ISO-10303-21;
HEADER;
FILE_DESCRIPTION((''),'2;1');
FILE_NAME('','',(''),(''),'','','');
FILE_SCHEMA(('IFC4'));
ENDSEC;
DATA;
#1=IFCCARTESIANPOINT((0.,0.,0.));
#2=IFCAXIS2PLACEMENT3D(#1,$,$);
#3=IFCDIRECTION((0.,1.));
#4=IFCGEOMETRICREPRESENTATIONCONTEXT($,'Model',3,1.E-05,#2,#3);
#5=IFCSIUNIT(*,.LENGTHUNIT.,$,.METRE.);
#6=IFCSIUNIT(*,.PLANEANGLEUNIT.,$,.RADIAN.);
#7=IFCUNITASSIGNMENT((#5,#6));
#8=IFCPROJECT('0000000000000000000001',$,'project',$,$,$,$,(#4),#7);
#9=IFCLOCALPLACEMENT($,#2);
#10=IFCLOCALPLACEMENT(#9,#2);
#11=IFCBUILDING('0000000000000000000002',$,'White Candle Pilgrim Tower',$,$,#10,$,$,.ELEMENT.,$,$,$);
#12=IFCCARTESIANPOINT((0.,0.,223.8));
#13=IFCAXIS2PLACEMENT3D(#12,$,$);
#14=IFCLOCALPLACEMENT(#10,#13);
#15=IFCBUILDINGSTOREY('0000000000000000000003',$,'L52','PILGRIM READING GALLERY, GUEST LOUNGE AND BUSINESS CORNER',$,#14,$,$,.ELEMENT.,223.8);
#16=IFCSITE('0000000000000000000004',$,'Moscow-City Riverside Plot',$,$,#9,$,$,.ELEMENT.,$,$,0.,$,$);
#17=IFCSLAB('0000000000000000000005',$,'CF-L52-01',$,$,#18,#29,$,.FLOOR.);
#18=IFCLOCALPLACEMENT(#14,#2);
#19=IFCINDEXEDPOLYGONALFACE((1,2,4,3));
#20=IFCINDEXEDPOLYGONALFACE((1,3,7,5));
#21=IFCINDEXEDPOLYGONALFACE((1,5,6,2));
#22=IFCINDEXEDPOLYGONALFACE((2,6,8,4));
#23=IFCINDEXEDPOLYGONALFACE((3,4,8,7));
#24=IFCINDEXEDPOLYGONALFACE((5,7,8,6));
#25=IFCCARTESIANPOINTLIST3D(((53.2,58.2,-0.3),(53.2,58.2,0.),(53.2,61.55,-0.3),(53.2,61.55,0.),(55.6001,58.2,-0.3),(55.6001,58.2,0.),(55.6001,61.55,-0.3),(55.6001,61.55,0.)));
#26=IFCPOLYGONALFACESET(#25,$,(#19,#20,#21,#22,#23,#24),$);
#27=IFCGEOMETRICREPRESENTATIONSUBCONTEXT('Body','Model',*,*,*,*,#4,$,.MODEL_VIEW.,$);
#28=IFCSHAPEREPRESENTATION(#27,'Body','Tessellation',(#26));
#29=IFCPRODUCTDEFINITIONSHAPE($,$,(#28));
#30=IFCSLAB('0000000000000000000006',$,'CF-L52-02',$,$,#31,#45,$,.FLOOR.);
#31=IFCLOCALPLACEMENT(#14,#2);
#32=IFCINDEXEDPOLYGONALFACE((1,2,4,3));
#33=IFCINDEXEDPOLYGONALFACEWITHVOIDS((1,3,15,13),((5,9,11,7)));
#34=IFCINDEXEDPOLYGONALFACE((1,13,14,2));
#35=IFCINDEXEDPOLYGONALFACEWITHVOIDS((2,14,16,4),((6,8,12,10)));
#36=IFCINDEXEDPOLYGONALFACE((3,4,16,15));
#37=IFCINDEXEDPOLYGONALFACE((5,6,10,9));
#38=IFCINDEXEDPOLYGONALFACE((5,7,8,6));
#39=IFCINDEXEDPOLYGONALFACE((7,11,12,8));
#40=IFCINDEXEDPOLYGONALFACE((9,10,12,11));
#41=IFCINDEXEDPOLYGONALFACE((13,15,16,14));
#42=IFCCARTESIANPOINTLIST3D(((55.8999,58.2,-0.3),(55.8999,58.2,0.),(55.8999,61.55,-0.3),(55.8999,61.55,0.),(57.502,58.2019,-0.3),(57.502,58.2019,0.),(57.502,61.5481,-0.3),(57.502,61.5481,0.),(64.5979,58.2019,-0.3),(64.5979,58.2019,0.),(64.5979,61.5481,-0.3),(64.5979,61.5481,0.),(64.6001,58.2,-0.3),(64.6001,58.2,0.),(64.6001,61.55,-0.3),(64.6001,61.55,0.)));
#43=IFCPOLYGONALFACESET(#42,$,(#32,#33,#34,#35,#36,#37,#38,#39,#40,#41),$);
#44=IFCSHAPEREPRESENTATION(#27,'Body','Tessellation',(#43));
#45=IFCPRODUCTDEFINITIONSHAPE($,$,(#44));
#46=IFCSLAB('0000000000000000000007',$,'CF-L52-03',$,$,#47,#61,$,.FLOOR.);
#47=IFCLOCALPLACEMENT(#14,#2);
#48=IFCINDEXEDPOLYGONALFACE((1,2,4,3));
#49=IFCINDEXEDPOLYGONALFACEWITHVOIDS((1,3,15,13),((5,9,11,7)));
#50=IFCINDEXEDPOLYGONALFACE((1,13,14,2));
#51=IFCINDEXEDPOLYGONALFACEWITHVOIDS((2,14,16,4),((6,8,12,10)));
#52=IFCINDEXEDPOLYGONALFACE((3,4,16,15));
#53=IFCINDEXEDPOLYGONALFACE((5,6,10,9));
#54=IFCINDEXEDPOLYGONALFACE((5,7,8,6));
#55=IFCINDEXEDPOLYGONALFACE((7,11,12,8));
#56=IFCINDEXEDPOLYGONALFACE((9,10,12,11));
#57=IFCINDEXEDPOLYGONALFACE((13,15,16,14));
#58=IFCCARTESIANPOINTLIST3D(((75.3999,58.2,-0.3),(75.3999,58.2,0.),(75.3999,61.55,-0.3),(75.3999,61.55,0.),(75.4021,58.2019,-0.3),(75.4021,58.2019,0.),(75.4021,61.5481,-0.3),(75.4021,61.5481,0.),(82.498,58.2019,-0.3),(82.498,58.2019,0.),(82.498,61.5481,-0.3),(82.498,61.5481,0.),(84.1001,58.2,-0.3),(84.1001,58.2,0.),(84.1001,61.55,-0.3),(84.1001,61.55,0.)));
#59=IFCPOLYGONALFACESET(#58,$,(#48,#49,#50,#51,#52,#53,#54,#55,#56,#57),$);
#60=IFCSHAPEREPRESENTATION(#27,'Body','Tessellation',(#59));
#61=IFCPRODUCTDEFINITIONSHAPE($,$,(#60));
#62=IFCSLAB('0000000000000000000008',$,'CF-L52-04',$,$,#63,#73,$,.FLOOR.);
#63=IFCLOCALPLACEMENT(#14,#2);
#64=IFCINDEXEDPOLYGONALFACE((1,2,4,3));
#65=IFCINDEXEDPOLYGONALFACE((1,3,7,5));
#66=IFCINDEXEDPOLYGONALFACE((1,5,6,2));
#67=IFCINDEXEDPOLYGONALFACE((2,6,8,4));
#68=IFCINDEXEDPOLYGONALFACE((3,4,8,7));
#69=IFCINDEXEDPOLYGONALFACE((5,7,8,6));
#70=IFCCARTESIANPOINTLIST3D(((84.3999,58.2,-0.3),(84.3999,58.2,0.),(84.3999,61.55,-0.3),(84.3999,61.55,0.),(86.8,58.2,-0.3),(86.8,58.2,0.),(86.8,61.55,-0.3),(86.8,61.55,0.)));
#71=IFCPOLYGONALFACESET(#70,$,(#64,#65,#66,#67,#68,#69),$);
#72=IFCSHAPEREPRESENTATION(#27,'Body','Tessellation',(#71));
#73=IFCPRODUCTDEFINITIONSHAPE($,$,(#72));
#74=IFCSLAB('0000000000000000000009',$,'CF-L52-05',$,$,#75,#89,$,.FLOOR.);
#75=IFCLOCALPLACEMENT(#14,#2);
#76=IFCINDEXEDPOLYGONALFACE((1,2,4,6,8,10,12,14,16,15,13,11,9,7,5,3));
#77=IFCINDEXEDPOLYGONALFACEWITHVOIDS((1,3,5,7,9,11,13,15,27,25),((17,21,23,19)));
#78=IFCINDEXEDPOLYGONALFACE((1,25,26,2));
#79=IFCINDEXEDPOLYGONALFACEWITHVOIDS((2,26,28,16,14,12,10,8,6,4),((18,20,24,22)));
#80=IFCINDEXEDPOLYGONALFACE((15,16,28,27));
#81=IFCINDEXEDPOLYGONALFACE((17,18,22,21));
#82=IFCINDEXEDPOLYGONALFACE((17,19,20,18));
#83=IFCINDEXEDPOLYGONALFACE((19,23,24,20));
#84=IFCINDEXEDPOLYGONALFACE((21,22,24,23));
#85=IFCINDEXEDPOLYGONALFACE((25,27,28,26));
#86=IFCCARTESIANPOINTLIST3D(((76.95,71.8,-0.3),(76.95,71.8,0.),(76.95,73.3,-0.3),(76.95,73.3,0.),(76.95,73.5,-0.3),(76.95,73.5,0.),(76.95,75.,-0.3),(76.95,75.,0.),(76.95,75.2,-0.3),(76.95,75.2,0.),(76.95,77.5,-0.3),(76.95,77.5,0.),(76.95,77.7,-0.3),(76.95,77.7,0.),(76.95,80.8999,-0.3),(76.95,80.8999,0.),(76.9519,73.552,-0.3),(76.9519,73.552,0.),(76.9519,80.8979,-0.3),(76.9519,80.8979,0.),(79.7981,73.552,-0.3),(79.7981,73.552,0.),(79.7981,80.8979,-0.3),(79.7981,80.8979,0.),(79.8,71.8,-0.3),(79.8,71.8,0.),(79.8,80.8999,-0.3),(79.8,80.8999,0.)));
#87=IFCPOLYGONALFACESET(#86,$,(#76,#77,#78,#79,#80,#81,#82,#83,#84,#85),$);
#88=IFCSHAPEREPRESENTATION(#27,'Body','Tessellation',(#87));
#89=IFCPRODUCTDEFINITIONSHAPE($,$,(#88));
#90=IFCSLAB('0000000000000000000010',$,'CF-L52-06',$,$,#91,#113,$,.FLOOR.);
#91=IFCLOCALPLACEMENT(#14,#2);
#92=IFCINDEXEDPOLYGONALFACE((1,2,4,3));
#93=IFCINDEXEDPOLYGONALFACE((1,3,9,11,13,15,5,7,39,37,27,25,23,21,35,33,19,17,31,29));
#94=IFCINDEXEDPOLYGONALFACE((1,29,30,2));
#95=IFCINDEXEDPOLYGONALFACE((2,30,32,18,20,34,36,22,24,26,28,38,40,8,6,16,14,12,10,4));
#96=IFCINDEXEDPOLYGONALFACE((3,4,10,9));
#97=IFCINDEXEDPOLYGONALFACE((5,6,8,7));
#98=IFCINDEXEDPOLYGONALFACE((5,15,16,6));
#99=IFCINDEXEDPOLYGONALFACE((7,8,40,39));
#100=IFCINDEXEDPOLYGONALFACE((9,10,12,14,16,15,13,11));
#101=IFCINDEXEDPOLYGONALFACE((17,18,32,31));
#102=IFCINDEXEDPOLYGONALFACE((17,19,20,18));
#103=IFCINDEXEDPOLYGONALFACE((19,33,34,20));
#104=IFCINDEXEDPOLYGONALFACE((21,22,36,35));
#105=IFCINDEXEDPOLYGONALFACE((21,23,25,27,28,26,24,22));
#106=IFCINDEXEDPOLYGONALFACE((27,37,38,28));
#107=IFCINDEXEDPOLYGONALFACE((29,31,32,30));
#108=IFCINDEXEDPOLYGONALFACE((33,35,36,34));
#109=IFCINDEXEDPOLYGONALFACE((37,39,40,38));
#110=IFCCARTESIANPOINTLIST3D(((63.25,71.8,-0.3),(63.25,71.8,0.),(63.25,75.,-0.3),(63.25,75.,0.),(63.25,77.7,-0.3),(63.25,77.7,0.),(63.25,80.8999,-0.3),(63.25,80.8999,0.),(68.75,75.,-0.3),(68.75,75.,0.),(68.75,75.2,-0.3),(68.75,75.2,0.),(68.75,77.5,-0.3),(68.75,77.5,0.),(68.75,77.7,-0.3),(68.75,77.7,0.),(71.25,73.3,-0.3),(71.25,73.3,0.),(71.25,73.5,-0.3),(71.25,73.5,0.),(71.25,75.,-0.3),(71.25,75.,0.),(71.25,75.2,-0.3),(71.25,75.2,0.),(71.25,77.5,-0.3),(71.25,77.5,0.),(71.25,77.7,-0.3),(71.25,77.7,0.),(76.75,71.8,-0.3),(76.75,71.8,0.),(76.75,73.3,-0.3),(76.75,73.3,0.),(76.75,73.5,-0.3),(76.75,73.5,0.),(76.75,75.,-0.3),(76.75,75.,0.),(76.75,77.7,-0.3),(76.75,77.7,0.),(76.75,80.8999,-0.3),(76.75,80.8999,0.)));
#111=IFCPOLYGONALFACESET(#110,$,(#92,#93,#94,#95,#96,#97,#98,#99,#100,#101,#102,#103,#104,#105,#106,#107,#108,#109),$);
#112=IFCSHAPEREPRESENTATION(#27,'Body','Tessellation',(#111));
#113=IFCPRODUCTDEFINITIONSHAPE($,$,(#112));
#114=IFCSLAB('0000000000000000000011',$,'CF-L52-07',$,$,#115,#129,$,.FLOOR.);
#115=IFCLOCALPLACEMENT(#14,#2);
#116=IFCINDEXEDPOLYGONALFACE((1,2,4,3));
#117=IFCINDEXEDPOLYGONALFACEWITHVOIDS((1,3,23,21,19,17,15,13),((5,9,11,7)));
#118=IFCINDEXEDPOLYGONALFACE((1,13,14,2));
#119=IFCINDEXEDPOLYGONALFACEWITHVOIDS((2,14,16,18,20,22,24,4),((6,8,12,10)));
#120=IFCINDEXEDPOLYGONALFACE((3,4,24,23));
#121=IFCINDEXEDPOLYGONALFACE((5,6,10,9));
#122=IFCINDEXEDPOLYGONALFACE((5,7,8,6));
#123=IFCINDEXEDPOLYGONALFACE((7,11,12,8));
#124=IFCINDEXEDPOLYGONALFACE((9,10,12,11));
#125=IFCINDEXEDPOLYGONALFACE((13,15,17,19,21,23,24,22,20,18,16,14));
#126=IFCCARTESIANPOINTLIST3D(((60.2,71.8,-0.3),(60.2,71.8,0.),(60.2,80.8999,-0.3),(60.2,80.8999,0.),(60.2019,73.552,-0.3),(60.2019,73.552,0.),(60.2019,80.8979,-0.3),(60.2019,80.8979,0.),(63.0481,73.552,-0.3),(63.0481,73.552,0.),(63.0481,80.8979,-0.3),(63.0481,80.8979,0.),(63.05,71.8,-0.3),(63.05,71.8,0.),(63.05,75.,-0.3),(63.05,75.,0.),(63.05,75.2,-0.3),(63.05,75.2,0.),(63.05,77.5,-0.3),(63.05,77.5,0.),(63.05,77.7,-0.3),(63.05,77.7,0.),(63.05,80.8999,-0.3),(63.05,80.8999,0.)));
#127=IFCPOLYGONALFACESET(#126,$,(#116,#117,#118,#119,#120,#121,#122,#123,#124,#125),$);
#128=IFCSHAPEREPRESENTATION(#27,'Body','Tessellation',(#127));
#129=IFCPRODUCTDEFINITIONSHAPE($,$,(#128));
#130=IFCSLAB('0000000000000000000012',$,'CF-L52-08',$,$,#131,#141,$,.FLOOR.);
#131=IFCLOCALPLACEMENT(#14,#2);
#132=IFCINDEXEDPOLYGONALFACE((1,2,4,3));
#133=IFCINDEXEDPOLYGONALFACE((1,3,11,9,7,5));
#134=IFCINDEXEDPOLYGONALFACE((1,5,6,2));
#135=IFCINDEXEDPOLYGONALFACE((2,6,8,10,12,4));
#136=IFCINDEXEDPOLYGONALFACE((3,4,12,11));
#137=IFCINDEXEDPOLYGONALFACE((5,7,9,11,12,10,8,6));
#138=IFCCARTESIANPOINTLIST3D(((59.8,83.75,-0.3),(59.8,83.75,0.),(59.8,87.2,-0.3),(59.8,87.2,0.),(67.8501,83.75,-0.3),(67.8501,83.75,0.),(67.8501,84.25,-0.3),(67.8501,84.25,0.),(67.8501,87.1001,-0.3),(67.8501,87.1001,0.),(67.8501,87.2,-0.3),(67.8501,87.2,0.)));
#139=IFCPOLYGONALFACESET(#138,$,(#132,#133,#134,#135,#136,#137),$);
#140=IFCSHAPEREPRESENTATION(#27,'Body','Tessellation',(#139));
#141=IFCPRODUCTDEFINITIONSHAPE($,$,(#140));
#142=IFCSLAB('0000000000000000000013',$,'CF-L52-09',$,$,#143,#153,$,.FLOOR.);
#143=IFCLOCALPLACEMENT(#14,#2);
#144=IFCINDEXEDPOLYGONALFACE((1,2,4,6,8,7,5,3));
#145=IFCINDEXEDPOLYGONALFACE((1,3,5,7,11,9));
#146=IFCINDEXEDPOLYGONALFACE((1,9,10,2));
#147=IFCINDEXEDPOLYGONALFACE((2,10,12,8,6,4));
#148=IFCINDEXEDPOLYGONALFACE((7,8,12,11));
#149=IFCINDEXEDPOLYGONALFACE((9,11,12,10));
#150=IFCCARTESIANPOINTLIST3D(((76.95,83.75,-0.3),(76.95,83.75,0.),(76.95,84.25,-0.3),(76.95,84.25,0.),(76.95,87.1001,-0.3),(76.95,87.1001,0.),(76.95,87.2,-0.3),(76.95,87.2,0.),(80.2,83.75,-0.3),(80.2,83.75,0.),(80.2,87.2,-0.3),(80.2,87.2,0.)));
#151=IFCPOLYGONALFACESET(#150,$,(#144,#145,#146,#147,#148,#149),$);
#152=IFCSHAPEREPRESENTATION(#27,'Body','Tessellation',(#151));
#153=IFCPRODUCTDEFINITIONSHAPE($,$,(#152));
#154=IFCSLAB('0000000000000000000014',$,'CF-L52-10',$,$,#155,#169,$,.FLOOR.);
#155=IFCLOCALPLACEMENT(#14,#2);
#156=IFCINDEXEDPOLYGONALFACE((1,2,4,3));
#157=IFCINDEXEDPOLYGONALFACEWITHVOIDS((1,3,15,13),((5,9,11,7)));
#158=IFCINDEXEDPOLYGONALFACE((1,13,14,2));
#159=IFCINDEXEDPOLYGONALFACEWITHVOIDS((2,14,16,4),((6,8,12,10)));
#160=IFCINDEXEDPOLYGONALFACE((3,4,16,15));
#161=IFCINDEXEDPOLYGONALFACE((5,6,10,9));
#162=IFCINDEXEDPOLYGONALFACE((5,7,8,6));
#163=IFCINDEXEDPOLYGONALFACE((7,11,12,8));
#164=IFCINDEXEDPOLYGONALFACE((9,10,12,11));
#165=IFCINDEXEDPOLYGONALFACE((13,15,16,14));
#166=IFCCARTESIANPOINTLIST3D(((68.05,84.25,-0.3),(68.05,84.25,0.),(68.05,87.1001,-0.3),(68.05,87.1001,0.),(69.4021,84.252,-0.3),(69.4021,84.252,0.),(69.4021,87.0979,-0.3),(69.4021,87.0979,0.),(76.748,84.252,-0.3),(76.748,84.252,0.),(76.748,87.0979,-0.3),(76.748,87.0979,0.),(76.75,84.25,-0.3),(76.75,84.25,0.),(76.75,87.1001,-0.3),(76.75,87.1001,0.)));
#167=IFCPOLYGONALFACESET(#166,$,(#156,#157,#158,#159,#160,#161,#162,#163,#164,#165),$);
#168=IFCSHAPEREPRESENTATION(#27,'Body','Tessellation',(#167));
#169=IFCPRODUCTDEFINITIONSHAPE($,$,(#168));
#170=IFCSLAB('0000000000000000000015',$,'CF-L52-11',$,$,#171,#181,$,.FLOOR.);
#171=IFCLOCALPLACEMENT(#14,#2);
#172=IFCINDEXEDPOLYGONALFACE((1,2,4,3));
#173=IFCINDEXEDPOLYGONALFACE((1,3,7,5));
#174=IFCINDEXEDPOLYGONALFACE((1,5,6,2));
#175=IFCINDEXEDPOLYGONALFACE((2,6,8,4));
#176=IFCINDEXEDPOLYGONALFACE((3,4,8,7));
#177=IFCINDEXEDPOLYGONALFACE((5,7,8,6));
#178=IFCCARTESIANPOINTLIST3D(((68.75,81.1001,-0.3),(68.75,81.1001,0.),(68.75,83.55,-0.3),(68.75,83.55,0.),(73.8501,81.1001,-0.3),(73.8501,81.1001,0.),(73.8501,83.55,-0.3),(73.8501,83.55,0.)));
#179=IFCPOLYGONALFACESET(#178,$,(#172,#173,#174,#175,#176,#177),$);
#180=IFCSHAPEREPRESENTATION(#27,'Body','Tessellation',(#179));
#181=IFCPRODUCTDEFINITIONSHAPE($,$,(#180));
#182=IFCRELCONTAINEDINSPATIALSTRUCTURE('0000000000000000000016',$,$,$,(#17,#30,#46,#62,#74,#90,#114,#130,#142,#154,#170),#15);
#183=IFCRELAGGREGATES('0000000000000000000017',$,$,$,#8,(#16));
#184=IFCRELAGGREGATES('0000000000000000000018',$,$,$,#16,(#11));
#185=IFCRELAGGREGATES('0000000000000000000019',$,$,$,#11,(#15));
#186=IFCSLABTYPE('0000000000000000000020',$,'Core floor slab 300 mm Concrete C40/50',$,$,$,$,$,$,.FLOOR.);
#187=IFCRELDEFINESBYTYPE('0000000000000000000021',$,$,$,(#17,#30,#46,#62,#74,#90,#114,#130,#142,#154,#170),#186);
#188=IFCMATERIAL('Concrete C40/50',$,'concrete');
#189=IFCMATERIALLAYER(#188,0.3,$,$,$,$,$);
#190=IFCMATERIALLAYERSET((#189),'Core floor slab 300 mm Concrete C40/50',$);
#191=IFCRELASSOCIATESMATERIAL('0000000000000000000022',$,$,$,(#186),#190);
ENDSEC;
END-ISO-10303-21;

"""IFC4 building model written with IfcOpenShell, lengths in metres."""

from ifc_helpers import new_model, si_unit, direction, frame, origin, place, context, subcontext, project, spatial, polyline, outline, extrude, material, layer, layer_set, type_object, element, save


model = new_model("IFC4")

# Units and contexts
model_context = context("Model", 3, precision=1e-05, world=origin(), true_north=direction((0.0, 1.0)))
body_context = subcontext(model_context, "Body", "Model", "MODEL_VIEW")
ifc_project = project(units=[si_unit("LENGTHUNIT", "METRE"), si_unit("PLANEANGLEUNIT", "RADIAN")], contexts=[model_context])

# Site, building, storey
site_placement = place(None, origin())
site = spatial("IfcSite", under=ifc_project, at=site_placement, Name="Moscow-City Riverside Plot", CompositionType="ELEMENT", RefElevation=0.0)
building_placement = place(site_placement, origin())
building = spatial("IfcBuilding", under=site, at=building_placement, Name="White Candle Pilgrim Tower", CompositionType="ELEMENT")
storey_placement = place(building_placement, frame((0.0, 0.0, 223.8)))
storey = spatial("IfcBuildingStorey", under=building, at=storey_placement, Name="L52", Description="PILGRIM READING GALLERY, GUEST LOUNGE AND BUSINESS CORNER", CompositionType="ELEMENT", Elevation=223.8)

# Slabs
ifc_material = material(Name="Concrete C40/50", Category="concrete")
ifc_layer_1 = layer(ifc_material, 0.3)
ifc_layer_set_1 = layer_set([ifc_layer_1], Name="Core floor slab 300 mm Concrete C40/50")
slab_type_1 = type_object("IfcSlabType", Name="Core floor slab 300 mm Concrete C40/50", PredefinedType="FLOOR", material=ifc_layer_set_1)
slab_1_placement = place(storey_placement, frame((0.0, 0.0, -0.3)))
element("IfcSlab", 1, at=slab_1_placement, inside=storey, type_object=slab_type_1, Name="CF-L52-01", PredefinedType="FLOOR", context=body_context, shape_type="SweptSolid", body=[
    extrude(outline(polyline([(55.6001, 58.2), (53.2, 58.2), (53.2, 61.55), (55.6001, 61.55), (55.6001, 58.2)])), origin(), (0.0, 0.0, 1.0), 0.3),
])
slab_2_placement = place(storey_placement, frame((0.0, 0.0, -0.3)))
element("IfcSlab", 2, at=slab_2_placement, inside=storey, type_object=slab_type_1, Name="CF-L52-02", PredefinedType="FLOOR", context=body_context, shape_type="SweptSolid", body=[
    extrude(outline(polyline([(55.8999, 58.2), (55.8999, 61.55), (64.6001, 61.55), (64.6001, 58.2), (55.8999, 58.2)]), holes=[polyline([(57.502, 61.5481), (57.502, 58.2019), (64.5979, 58.2019), (64.5979, 61.5481), (57.502, 61.5481)])]), origin(), (0.0, 0.0, 1.0), 0.3),
])
slab_3_placement = place(storey_placement, frame((0.0, 0.0, -0.3)))
element("IfcSlab", 3, at=slab_3_placement, inside=storey, type_object=slab_type_1, Name="CF-L52-03", PredefinedType="FLOOR", context=body_context, shape_type="SweptSolid", body=[
    extrude(outline(polyline([(75.3999, 58.2), (75.3999, 61.55), (84.1001, 61.55), (84.1001, 58.2), (75.3999, 58.2)]), holes=[polyline([(82.498, 58.2019), (82.498, 61.5481), (75.4021, 61.5481), (75.4021, 58.2019), (82.498, 58.2019)])]), origin(), (0.0, 0.0, 1.0), 0.3),
])
slab_4_placement = place(storey_placement, frame((0.0, 0.0, -0.3)))
element("IfcSlab", 4, at=slab_4_placement, inside=storey, type_object=slab_type_1, Name="CF-L52-04", PredefinedType="FLOOR", context=body_context, shape_type="SweptSolid", body=[
    extrude(outline(polyline([(86.8, 58.2), (84.3999, 58.2), (84.3999, 61.55), (86.8, 61.55), (86.8, 58.2)])), origin(), (0.0, 0.0, 1.0), 0.3),
])
slab_5_placement = place(storey_placement, frame((0.0, 0.0, -0.3)))
element("IfcSlab", 5, at=slab_5_placement, inside=storey, type_object=slab_type_1, Name="CF-L52-05", PredefinedType="FLOOR", context=body_context, shape_type="SweptSolid", body=[
    extrude(outline(polyline([(76.95, 71.8), (76.95, 73.3), (76.95, 73.5), (76.95, 75.0), (76.95, 75.2), (76.95, 77.5), (76.95, 77.7), (76.95, 80.8999), (79.8, 80.8999), (79.8, 71.8), (76.95, 71.8)]), holes=[polyline([(76.9519, 73.552), (79.7981, 73.552), (79.7981, 80.8979), (76.9519, 80.8979), (76.9519, 73.552)])]), origin(), (0.0, 0.0, 1.0), 0.3),
])
slab_6_placement = place(storey_placement, frame((0.0, 0.0, -0.3)))
element("IfcSlab", 6, at=slab_6_placement, inside=storey, type_object=slab_type_1, Name="CF-L52-06", PredefinedType="FLOOR", context=body_context, shape_type="SweptSolid", body=[
    extrude(outline(polyline([(63.25, 71.8), (63.25, 75.0), (68.75, 75.0), (68.75, 75.2), (68.75, 77.5), (68.75, 77.7), (63.25, 77.7), (63.25, 80.8999), (76.75, 80.8999), (76.75, 77.7), (71.25, 77.7), (71.25, 77.5), (71.25, 75.2), (71.25, 75.0), (76.75, 75.0), (76.75, 73.5), (71.25, 73.5), (71.25, 73.3), (76.75, 73.3), (76.75, 71.8), (63.25, 71.8)])), origin(), (0.0, 0.0, 1.0), 0.3),
])
slab_7_placement = place(storey_placement, frame((0.0, 0.0, -0.3)))
element("IfcSlab", 7, at=slab_7_placement, inside=storey, type_object=slab_type_1, Name="CF-L52-07", PredefinedType="FLOOR", context=body_context, shape_type="SweptSolid", body=[
    extrude(outline(polyline([(60.2, 71.8), (60.2, 80.8999), (63.05, 80.8999), (63.05, 77.7), (63.05, 77.5), (63.05, 75.2), (63.05, 75.0), (63.05, 71.8), (60.2, 71.8)]), holes=[polyline([(60.2019, 73.552), (63.0481, 73.552), (63.0481, 80.8979), (60.2019, 80.8979), (60.2019, 73.552)])]), origin(), (0.0, 0.0, 1.0), 0.3),
])
slab_8_placement = place(storey_placement, frame((0.0, 0.0, -0.3)))
element("IfcSlab", 8, at=slab_8_placement, inside=storey, type_object=slab_type_1, Name="CF-L52-08", PredefinedType="FLOOR", context=body_context, shape_type="SweptSolid", body=[
    extrude(outline(polyline([(59.8, 87.2), (67.8501, 87.2), (67.8501, 87.1001), (67.8501, 84.25), (67.8501, 83.75), (59.8, 83.75), (59.8, 87.2)])), origin(), (0.0, 0.0, 1.0), 0.3),
])
slab_9_placement = place(storey_placement, frame((0.0, 0.0, -0.3)))
element("IfcSlab", 9, at=slab_9_placement, inside=storey, type_object=slab_type_1, Name="CF-L52-09", PredefinedType="FLOOR", context=body_context, shape_type="SweptSolid", body=[
    extrude(outline(polyline([(80.2, 87.2), (80.2, 83.75), (76.95, 83.75), (76.95, 84.25), (76.95, 87.1001), (76.95, 87.2), (80.2, 87.2)])), origin(), (0.0, 0.0, 1.0), 0.3),
])
slab_10_placement = place(storey_placement, frame((0.0, 0.0, -0.3)))
element("IfcSlab", 10, at=slab_10_placement, inside=storey, type_object=slab_type_1, Name="CF-L52-10", PredefinedType="FLOOR", context=body_context, shape_type="SweptSolid", body=[
    extrude(outline(polyline([(68.05, 87.1001), (76.75, 87.1001), (76.75, 84.25), (68.05, 84.25), (68.05, 87.1001)]), holes=[polyline([(69.4021, 87.0979), (69.4021, 84.252), (76.748, 84.252), (76.748, 87.0979), (69.4021, 87.0979)])]), origin(), (0.0, 0.0, 1.0), 0.3),
])
slab_11_placement = place(storey_placement, frame((0.0, 0.0, -0.3)))
element("IfcSlab", 11, at=slab_11_placement, inside=storey, type_object=slab_type_1, Name="CF-L52-11", PredefinedType="FLOOR", context=body_context, shape_type="SweptSolid", body=[
    extrude(outline(polyline([(68.75, 83.55), (73.8501, 83.55), (73.8501, 81.1001), (68.75, 81.1001), (68.75, 83.55)])), origin(), (0.0, 0.0, 1.0), 0.3),
])

save(model, "model.ifc")
